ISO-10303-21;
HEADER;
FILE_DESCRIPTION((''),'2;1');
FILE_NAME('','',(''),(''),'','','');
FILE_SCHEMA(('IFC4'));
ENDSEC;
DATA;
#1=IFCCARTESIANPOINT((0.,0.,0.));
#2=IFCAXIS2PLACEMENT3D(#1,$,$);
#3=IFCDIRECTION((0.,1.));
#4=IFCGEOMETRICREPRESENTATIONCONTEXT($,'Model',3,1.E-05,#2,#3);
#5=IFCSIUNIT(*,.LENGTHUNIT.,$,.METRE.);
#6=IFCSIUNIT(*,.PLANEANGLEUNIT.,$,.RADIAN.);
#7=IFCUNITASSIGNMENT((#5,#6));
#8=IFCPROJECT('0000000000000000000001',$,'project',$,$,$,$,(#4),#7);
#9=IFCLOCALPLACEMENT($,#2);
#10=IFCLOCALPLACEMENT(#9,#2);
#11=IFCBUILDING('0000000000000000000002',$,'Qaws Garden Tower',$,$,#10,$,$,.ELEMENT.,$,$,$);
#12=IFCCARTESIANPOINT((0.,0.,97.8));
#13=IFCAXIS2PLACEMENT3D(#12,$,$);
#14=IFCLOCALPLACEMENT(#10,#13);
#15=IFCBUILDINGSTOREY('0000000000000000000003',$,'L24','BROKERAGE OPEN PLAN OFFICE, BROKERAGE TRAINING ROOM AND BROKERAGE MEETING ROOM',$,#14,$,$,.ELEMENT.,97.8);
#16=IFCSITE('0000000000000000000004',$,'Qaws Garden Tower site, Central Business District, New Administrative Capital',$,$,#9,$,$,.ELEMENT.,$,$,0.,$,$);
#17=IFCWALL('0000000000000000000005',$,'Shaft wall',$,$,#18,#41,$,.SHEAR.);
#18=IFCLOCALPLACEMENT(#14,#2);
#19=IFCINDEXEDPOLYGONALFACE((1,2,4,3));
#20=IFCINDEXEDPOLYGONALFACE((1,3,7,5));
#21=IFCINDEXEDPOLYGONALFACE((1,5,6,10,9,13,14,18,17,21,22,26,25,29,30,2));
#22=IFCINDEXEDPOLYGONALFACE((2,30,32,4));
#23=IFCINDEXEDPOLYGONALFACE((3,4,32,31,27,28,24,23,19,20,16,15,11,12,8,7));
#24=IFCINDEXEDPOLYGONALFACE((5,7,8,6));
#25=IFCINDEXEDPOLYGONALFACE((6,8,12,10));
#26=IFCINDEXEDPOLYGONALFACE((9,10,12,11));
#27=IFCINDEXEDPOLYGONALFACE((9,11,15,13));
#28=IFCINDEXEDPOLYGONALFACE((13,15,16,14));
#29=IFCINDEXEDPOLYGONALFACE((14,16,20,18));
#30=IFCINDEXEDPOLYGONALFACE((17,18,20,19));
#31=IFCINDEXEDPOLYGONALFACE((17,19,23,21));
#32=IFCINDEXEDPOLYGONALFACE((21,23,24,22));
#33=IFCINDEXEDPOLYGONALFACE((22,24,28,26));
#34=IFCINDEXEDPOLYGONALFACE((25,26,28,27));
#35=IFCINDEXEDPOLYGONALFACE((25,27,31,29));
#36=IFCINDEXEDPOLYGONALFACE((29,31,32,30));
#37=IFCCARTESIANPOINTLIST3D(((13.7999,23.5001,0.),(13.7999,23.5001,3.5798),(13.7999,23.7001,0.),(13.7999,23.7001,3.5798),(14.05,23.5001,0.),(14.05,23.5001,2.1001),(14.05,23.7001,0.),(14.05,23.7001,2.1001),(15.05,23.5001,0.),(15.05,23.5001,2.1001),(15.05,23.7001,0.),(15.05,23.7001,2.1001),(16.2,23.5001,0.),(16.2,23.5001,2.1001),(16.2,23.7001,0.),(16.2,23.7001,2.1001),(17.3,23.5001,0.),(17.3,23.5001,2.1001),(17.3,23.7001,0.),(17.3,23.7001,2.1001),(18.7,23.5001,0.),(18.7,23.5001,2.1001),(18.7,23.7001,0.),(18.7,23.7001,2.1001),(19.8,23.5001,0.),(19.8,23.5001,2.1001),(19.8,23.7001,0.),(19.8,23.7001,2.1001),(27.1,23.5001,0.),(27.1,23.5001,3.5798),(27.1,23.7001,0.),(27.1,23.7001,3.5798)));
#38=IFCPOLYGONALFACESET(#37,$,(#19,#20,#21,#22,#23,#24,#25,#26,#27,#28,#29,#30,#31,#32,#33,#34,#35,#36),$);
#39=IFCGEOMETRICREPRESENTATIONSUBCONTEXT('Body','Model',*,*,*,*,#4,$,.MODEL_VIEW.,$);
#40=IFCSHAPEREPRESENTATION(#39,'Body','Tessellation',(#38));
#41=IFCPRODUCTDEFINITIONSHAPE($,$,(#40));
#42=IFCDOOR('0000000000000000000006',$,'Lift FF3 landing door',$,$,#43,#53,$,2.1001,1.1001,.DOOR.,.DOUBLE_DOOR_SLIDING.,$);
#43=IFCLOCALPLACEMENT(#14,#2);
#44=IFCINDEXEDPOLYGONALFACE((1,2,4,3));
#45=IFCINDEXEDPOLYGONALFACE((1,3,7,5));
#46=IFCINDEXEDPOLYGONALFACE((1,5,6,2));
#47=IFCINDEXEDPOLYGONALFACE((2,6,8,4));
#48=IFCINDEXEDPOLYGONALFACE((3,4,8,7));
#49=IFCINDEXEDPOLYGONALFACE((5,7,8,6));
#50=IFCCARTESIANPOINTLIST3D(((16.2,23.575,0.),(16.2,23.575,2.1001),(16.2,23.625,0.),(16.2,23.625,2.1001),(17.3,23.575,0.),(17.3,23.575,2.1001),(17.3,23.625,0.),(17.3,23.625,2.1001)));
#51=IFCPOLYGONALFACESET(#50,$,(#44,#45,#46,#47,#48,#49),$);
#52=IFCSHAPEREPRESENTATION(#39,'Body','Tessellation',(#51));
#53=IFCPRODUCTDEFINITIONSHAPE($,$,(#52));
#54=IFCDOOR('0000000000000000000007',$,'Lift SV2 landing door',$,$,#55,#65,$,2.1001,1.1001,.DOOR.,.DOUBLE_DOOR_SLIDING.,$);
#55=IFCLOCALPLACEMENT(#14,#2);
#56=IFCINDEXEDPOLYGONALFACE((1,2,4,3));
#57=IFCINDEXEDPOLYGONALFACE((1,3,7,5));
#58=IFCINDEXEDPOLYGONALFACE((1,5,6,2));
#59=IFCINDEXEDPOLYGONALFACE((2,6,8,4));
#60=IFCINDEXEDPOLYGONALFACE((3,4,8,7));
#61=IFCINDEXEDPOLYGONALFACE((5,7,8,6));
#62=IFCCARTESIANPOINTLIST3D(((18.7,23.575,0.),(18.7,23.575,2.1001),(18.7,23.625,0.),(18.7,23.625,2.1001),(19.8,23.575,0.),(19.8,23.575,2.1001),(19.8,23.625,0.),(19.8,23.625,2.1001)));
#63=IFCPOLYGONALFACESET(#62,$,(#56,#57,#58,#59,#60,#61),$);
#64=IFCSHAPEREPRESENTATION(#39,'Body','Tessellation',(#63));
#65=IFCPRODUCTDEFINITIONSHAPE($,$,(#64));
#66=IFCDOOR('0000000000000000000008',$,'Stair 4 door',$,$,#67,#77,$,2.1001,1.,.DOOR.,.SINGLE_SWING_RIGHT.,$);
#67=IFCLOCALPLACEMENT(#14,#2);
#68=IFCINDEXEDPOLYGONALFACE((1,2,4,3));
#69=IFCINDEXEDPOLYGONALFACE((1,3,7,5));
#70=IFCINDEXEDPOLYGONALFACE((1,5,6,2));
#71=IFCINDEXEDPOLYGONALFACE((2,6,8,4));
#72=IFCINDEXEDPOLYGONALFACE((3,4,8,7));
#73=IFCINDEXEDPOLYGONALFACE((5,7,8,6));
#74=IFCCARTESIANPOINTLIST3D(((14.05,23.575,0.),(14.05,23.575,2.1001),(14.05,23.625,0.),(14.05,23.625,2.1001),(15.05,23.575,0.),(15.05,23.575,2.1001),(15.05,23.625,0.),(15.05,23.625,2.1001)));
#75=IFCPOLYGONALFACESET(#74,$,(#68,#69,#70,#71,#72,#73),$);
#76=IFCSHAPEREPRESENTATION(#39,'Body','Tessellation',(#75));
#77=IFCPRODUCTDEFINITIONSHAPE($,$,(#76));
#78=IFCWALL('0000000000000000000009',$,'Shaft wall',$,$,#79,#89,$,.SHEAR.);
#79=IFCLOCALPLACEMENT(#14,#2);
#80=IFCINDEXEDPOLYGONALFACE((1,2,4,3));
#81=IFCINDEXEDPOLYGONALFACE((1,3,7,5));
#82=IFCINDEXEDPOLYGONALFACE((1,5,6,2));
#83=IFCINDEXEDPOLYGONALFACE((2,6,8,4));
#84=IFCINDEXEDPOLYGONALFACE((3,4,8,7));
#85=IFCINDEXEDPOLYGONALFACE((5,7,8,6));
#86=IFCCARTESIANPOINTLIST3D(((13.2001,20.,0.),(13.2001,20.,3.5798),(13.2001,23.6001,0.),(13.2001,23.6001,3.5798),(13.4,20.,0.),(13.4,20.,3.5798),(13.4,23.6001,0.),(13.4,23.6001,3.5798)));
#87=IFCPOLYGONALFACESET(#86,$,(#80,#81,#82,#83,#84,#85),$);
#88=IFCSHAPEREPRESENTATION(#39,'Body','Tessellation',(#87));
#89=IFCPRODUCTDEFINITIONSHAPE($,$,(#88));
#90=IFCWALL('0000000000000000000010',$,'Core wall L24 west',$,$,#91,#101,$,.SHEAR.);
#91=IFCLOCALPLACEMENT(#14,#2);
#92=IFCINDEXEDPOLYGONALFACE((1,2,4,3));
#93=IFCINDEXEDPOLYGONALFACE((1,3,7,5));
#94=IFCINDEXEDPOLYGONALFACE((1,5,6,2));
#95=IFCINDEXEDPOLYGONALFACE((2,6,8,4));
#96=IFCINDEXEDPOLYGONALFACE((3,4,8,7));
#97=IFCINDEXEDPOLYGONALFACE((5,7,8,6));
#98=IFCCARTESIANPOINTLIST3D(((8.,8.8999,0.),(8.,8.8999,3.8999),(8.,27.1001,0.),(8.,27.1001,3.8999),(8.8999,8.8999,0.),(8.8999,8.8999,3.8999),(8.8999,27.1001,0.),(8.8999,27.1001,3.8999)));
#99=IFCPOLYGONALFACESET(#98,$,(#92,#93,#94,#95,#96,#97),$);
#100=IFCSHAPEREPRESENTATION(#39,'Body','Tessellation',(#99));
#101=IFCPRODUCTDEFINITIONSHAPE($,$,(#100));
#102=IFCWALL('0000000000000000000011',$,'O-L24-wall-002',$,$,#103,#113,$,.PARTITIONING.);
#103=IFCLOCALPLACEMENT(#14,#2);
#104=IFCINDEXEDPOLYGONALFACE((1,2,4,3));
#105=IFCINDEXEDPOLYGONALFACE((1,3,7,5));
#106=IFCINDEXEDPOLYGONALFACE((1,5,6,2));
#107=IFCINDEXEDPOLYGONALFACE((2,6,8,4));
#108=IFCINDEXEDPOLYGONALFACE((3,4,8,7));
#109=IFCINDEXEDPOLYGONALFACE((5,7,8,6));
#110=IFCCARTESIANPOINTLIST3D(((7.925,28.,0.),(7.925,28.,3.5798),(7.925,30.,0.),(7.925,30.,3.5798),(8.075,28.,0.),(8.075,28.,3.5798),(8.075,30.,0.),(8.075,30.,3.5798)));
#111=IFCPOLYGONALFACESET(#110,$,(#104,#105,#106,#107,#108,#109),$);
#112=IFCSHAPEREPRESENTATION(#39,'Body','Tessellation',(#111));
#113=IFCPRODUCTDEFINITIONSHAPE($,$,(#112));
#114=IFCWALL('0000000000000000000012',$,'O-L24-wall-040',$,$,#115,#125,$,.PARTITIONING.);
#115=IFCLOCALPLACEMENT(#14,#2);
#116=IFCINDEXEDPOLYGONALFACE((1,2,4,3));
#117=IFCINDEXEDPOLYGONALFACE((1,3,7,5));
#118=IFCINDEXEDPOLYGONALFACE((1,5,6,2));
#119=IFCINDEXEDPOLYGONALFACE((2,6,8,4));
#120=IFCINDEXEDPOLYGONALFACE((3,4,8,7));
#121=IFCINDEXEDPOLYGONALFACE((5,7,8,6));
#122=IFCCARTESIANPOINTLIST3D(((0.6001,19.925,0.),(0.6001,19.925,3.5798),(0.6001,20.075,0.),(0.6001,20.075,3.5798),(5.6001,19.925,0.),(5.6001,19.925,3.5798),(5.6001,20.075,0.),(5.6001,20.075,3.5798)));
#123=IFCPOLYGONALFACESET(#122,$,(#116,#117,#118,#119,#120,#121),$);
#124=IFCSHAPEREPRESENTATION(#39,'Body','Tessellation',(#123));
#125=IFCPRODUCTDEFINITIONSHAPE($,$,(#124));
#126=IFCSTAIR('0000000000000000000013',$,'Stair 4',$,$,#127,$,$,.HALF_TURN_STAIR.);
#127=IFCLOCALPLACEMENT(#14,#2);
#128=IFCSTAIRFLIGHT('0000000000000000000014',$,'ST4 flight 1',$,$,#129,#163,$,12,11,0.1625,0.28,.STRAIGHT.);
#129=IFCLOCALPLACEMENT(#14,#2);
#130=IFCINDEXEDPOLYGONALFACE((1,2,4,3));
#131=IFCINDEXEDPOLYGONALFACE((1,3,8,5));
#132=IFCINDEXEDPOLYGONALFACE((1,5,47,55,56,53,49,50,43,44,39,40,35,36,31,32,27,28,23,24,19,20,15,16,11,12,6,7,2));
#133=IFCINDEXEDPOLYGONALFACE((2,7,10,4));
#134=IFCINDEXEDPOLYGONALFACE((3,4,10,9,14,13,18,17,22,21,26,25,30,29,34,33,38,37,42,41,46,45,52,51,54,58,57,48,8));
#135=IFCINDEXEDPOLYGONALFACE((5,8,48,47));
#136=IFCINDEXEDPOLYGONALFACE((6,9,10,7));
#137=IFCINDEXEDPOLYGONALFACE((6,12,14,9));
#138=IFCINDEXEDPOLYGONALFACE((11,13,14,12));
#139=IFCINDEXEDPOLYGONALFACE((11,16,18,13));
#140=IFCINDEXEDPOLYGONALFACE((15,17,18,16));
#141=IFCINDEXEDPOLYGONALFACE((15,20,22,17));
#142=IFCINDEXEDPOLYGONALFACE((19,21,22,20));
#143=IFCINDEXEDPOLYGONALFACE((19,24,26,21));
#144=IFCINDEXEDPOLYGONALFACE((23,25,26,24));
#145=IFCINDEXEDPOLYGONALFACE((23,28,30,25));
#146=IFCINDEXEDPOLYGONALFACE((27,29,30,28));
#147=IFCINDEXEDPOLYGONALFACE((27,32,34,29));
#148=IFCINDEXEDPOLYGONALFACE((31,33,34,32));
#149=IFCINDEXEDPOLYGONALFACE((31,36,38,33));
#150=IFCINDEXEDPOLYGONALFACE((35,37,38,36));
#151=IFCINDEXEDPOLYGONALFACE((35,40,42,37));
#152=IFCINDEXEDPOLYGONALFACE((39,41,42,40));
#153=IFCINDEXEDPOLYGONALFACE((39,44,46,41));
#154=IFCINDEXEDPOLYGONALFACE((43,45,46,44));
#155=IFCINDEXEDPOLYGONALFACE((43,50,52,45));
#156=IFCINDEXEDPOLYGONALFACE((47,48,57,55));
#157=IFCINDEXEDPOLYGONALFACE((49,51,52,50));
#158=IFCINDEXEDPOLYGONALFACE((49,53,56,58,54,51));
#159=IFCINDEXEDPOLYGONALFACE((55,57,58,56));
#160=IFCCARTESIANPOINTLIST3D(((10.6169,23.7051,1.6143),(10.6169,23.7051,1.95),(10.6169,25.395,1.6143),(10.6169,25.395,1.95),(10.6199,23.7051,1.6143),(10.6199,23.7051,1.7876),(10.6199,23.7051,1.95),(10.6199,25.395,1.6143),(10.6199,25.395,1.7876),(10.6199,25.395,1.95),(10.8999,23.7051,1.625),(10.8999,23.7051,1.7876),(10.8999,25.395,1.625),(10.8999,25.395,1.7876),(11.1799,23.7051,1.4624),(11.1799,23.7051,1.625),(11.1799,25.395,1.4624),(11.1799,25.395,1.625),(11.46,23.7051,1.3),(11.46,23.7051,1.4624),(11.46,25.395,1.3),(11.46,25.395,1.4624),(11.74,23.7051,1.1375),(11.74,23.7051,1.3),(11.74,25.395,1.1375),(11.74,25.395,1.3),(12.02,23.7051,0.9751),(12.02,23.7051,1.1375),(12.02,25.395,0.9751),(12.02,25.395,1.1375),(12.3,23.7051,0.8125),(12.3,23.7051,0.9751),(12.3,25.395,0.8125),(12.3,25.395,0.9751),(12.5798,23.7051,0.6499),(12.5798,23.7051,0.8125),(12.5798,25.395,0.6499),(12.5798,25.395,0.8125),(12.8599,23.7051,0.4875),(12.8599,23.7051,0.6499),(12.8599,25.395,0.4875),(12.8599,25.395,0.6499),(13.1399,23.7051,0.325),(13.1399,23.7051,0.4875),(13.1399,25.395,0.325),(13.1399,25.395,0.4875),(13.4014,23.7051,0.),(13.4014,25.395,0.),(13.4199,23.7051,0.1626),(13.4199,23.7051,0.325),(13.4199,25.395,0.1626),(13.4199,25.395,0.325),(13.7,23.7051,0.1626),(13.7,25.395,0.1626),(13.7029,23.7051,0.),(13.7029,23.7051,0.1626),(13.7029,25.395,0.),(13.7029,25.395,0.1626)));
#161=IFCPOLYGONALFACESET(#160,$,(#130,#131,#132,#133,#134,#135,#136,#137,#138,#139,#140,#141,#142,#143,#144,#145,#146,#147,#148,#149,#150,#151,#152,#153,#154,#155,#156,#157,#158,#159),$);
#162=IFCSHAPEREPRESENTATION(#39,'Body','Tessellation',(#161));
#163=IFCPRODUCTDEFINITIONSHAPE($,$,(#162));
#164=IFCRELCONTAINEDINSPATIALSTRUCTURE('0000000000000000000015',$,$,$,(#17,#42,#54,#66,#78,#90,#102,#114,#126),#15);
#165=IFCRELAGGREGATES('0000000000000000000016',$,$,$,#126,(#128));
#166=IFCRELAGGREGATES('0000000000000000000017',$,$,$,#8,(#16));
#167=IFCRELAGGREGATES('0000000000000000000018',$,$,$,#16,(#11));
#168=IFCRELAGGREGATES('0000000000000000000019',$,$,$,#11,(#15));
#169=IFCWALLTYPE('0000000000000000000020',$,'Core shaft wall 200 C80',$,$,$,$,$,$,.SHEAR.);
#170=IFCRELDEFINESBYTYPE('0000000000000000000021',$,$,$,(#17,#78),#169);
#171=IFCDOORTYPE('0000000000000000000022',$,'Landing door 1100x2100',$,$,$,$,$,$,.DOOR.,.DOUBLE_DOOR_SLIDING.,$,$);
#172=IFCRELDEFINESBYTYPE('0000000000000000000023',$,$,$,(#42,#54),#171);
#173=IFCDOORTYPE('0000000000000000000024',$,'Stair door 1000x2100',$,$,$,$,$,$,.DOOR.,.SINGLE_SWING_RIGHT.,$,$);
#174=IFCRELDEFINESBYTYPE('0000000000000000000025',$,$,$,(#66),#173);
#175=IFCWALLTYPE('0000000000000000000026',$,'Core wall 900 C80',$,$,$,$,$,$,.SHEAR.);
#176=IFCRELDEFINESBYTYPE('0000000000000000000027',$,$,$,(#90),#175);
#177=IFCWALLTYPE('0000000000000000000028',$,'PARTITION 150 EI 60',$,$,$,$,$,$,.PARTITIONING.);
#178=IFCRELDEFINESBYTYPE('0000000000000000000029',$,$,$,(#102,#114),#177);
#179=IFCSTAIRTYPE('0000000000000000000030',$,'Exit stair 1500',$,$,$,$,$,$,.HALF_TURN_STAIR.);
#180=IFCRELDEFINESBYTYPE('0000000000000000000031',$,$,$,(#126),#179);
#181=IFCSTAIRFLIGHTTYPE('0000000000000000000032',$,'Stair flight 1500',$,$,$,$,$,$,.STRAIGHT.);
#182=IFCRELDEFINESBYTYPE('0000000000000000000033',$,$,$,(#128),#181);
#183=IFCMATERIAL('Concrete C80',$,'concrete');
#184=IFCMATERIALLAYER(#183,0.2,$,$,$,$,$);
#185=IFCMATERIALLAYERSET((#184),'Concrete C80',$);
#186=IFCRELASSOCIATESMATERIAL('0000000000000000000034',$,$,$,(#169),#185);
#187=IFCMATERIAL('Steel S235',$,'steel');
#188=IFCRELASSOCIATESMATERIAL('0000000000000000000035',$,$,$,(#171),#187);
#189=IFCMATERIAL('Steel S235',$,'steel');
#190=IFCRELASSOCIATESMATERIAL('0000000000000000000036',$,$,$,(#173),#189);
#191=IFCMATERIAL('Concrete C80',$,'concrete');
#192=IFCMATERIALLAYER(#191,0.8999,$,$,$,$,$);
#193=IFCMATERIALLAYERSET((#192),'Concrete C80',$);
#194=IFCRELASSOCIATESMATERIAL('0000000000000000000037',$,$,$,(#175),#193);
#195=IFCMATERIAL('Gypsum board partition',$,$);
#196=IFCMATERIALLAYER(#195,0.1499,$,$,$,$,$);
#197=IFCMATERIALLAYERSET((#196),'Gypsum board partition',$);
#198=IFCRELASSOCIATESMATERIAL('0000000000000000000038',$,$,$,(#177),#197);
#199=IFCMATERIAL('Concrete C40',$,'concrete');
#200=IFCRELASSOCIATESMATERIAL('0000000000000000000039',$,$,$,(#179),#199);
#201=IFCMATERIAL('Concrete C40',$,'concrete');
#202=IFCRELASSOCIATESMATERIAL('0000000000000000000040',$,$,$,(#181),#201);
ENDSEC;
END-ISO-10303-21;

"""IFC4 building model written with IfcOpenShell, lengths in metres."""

from ifc_helpers import new_model, si_unit, direction, frame, frame_2d, origin, place, context, subcontext, project, spatial, polyline, rectangle, outline, extrude, material, layer, layer_set, type_object, element, fill, aggregate, save


model = new_model("IFC4")

# Units and contexts
model_context = context("Model", 3, precision=1e-05, world=origin(), true_north=direction((0.0, 1.0)))
body_context = subcontext(model_context, "Body", "Model", "MODEL_VIEW")
ifc_project = project(units=[si_unit("LENGTHUNIT", "METRE"), si_unit("PLANEANGLEUNIT", "RADIAN")], contexts=[model_context])

# Site, building, storey
site_placement = place(None, origin())
site = spatial("IfcSite", under=ifc_project, at=site_placement, Name="Qaws Garden Tower site, Central Business District, New Administrative Capital", CompositionType="ELEMENT", RefElevation=0.0)
building_placement = place(site_placement, origin())
building = spatial("IfcBuilding", under=site, at=building_placement, Name="Qaws Garden Tower", CompositionType="ELEMENT")
storey_placement = place(building_placement, frame((0.0, 0.0, 97.8)))
storey = spatial("IfcBuildingStorey", under=building, at=storey_placement, Name="L24", Description="BROKERAGE OPEN PLAN OFFICE, BROKERAGE TRAINING ROOM AND BROKERAGE MEETING ROOM", CompositionType="ELEMENT", Elevation=97.8)

# Shared definitions
ifc_material_1 = material(Name="Concrete C80", Category="concrete")
ifc_layer_1 = layer(ifc_material_1, 0.2)
ifc_layer_set_1 = layer_set([ifc_layer_1], Name="Concrete C80")
wall_type_1 = type_object("IfcWallType", Name="Core shaft wall 200 C80", PredefinedType="SHEAR", material=ifc_layer_set_1)

# Wall, openings, doors
wall_1_placement = place(storey_placement, frame((13.8, 23.6001, 0.0), z_axis=(0.0, 0.0, 1.0), x_axis=(1.0, 0.0, 0.0)))
wall_1 = element("IfcWall", 1, at=wall_1_placement, inside=storey, type_object=wall_type_1, Name="Shaft wall", PredefinedType="SHEAR", context=body_context, shape_type="SweptSolid", body=[
    extrude(rectangle(XDim=13.3, YDim=0.2, at=frame_2d((6.6499, 0.0))), origin(), (0.0, 0.0, 1.0), 3.5798),
])
opening_1_placement = place(wall_1_placement, frame((2.3999, 0.0, 0.0)))
opening_1 = element("IfcOpeningElement", 2, at=opening_1_placement, cuts=wall_1, PredefinedType="OPENING", context=body_context, shape_type="SweptSolid", body=[
    extrude(rectangle(XDim=1.1001, YDim=2.1001, at=frame_2d((0.55, 1.05))), frame((0.0, 0.1099, 0.0), z_axis=(0.0, -1.0, 0.0), x_axis=(1.0, 0.0, 0.0)), (0.0, 0.0, 1.0), 0.22),
])
opening_2_placement = place(wall_1_placement, frame((4.8999, 0.0, 0.0)))
opening_2 = element("IfcOpeningElement", 3, at=opening_2_placement, cuts=wall_1, PredefinedType="OPENING", context=body_context, shape_type="SweptSolid", body=[
    extrude(rectangle(XDim=1.1001, YDim=2.1001, at=frame_2d((0.55, 1.05))), frame((0.0, 0.1099, 0.0), z_axis=(0.0, -1.0, 0.0), x_axis=(1.0, 0.0, 0.0)), (0.0, 0.0, 1.0), 0.22),
])
opening_3_placement = place(wall_1_placement, frame((0.25, 0.0, 0.0)))
opening_3 = element("IfcOpeningElement", 4, at=opening_3_placement, cuts=wall_1, PredefinedType="OPENING", context=body_context, shape_type="SweptSolid", body=[
    extrude(rectangle(XDim=1.0, YDim=2.1001, at=frame_2d((0.5, 1.05))), frame((0.0, 0.1099, 0.0), z_axis=(0.0, -1.0, 0.0), x_axis=(1.0, 0.0, 0.0)), (0.0, 0.0, 1.0), 0.22),
])
ifc_material_2 = material(Name="Steel S235", Category="steel")
door_type_1 = type_object("IfcDoorType", Name="Landing door 1100x2100", OperationType="DOUBLE_DOOR_SLIDING", PredefinedType="DOOR", material=ifc_material_2)
door_1_placement = place(opening_1_placement, origin())
door_1 = element("IfcDoor", 5, at=door_1_placement, inside=storey, type_object=door_type_1, Name="Lift FF3 landing door", OperationType="DOUBLE_DOOR_SLIDING", OverallHeight=2.1001, OverallWidth=1.1001, PredefinedType="DOOR", context=body_context, shape_type="SweptSolid", body=[
    extrude(rectangle(XDim=1.1001, YDim=2.1001, at=frame_2d((0.55, 1.05))), frame((0.0, 0.0249, 0.0), z_axis=(0.0, -1.0, 0.0), x_axis=(1.0, 0.0, 0.0)), (0.0, 0.0, 1.0), 0.05),
])
fill(opening_1, door_1)
door_2_placement = place(opening_2_placement, origin())
door_2 = element("IfcDoor", 6, at=door_2_placement, inside=storey, type_object=door_type_1, Name="Lift SV2 landing door", OperationType="DOUBLE_DOOR_SLIDING", OverallHeight=2.1001, OverallWidth=1.1001, PredefinedType="DOOR", context=body_context, shape_type="SweptSolid", body=[
    extrude(rectangle(XDim=1.1001, YDim=2.1001, at=frame_2d((0.55, 1.05))), frame((0.0, 0.0249, 0.0), z_axis=(0.0, -1.0, 0.0), x_axis=(1.0, 0.0, 0.0)), (0.0, 0.0, 1.0), 0.05),
])
fill(opening_2, door_2)
ifc_material_3 = material(Name="Steel S235", Category="steel")
door_type_2 = type_object("IfcDoorType", Name="Stair door 1000x2100", OperationType="SINGLE_SWING_RIGHT", PredefinedType="DOOR", material=ifc_material_3)
door_3_placement = place(opening_3_placement, origin())
door_3 = element("IfcDoor", 7, at=door_3_placement, inside=storey, type_object=door_type_2, Name="Stair 4 door", OperationType="SINGLE_SWING_RIGHT", OverallHeight=2.1001, OverallWidth=1.0, PredefinedType="DOOR", context=body_context, shape_type="SweptSolid", body=[
    extrude(rectangle(XDim=1.0, YDim=2.1001, at=frame_2d((0.5, 1.05))), frame((0.0, 0.0249, 0.0), z_axis=(0.0, -1.0, 0.0), x_axis=(1.0, 0.0, 0.0)), (0.0, 0.0, 1.0), 0.05),
])
fill(opening_3, door_3)

# Walls
wall_2_placement = place(storey_placement, frame((13.3, 20.0, 0.0), z_axis=(0.0, 0.0, 1.0), x_axis=(0.0, 1.0, 0.0)))
element("IfcWall", 8, at=wall_2_placement, inside=storey, type_object=wall_type_1, Name="Shaft wall", PredefinedType="SHEAR", context=body_context, shape_type="SweptSolid", body=[
    extrude(rectangle(XDim=3.6001, YDim=0.2, at=frame_2d((1.8, 0.0))), origin(), (0.0, 0.0, 1.0), 3.5798),
])
ifc_material_4 = material(Name="Concrete C80", Category="concrete")
ifc_layer_2 = layer(ifc_material_4, 0.8999)
ifc_layer_set_2 = layer_set([ifc_layer_2], Name="Concrete C80")
wall_type_2 = type_object("IfcWallType", Name="Core wall 900 C80", PredefinedType="SHEAR", material=ifc_layer_set_2)
wall_3_placement = place(storey_placement, frame((8.45, 27.1001, 0.0), z_axis=(0.0, 0.0, 1.0), x_axis=(0.0, -1.0, 0.0)))
element("IfcWall", 9, at=wall_3_placement, inside=storey, type_object=wall_type_2, Name="Core wall L24 west", PredefinedType="SHEAR", context=body_context, shape_type="SweptSolid", body=[
    extrude(rectangle(XDim=18.2002, YDim=0.8999, at=frame_2d((9.1001, 0.0))), origin(), (0.0, 0.0, 1.0), 3.8999),
])
ifc_material_5 = material(Name="Gypsum board partition")
ifc_layer_3 = layer(ifc_material_5, 0.1499)
ifc_layer_set_3 = layer_set([ifc_layer_3], Name="Gypsum board partition")
wall_type_3 = type_object("IfcWallType", Name="PARTITION 150 EI 60", PredefinedType="PARTITIONING", material=ifc_layer_set_3)
wall_4_placement = place(storey_placement, frame((8.0, 28.0, 0.0), z_axis=(0.0, 0.0, 1.0), x_axis=(0.0, 1.0, 0.0)))
element("IfcWall", 10, at=wall_4_placement, inside=storey, type_object=wall_type_3, Name="O-L24-wall-002", PredefinedType="PARTITIONING", context=body_context, shape_type="SweptSolid", body=[
    extrude(rectangle(XDim=2.0, YDim=0.1499, at=frame_2d((1.0, 0.0))), origin(), (0.0, 0.0, 1.0), 3.5798),
])
wall_5_placement = place(storey_placement, frame((0.6001, 20.0, 0.0), z_axis=(0.0, 0.0, 1.0), x_axis=(1.0, 0.0, 0.0)))
element("IfcWall", 11, at=wall_5_placement, inside=storey, type_object=wall_type_3, Name="O-L24-wall-040", PredefinedType="PARTITIONING", context=body_context, shape_type="SweptSolid", body=[
    extrude(rectangle(XDim=5.0, YDim=0.1499, at=frame_2d((2.5, 0.0))), origin(), (0.0, 0.0, 1.0), 3.5798),
])

# Stair, stair flight
ifc_material_6 = material(Name="Concrete C40", Category="concrete")
stair_type = type_object("IfcStairType", Name="Exit stair 1500", PredefinedType="HALF_TURN_STAIR", material=ifc_material_6)
stair_placement = place(storey_placement, origin())
stair = element("IfcStair", 12, at=stair_placement, inside=storey, type_object=stair_type, Name="Stair 4", PredefinedType="HALF_TURN_STAIR")
ifc_material_7 = material(Name="Concrete C40", Category="concrete")
stair_flight_type = type_object("IfcStairFlightType", Name="Stair flight 1500", PredefinedType="STRAIGHT", material=ifc_material_7)
stair_flight_1_placement = place(storey_placement, frame((13.7, 24.55, 0.0), z_axis=(0.0, 0.0, 1.0), x_axis=(-1.0, 0.0, 0.0)))
stair_flight_1 = element("IfcStairFlight", 13, at=stair_flight_1_placement, type_object=stair_flight_type, Name="ST4 flight 1", NumberOfRisers=12, NumberOfTreads=11, PredefinedType="STRAIGHT", RiserHeight=0.1625, TreadLength=0.28, context=body_context, shape_type="SweptSolid", body=[
    extrude(outline(polyline([(-0.0029, 0.0), (-0.0029, 0.1626), (0.0, 0.1626), (0.28, 0.1626), (0.28, 0.325), (0.5601, 0.325), (0.5601, 0.4875), (0.8401, 0.4875), (0.8401, 0.6499), (1.1201, 0.6499), (1.1201, 0.8125), (1.3999, 0.8125), (1.3999, 0.9751), (1.6799, 0.9751), (1.6799, 1.1375), (1.96, 1.1375), (1.96, 1.3), (2.24, 1.3), (2.24, 1.4624), (2.52, 1.4624), (2.52, 1.625), (2.8, 1.625), (2.8, 1.7876), (3.0801, 1.7876), (3.0801, 1.95), (3.083, 1.95), (3.083, 1.6143), (3.0801, 1.6143), (0.2986, 0.0), (-0.0029, 0.0)])), frame((0.0, 0.845, 0.0), z_axis=(0.0, -1.0, 0.0), x_axis=(1.0, 0.0, 0.0)), (0.0, 0.0, 1.0), 1.6899),
])
aggregate(stair, [stair_flight_1])

save(model, "model.ifc")
